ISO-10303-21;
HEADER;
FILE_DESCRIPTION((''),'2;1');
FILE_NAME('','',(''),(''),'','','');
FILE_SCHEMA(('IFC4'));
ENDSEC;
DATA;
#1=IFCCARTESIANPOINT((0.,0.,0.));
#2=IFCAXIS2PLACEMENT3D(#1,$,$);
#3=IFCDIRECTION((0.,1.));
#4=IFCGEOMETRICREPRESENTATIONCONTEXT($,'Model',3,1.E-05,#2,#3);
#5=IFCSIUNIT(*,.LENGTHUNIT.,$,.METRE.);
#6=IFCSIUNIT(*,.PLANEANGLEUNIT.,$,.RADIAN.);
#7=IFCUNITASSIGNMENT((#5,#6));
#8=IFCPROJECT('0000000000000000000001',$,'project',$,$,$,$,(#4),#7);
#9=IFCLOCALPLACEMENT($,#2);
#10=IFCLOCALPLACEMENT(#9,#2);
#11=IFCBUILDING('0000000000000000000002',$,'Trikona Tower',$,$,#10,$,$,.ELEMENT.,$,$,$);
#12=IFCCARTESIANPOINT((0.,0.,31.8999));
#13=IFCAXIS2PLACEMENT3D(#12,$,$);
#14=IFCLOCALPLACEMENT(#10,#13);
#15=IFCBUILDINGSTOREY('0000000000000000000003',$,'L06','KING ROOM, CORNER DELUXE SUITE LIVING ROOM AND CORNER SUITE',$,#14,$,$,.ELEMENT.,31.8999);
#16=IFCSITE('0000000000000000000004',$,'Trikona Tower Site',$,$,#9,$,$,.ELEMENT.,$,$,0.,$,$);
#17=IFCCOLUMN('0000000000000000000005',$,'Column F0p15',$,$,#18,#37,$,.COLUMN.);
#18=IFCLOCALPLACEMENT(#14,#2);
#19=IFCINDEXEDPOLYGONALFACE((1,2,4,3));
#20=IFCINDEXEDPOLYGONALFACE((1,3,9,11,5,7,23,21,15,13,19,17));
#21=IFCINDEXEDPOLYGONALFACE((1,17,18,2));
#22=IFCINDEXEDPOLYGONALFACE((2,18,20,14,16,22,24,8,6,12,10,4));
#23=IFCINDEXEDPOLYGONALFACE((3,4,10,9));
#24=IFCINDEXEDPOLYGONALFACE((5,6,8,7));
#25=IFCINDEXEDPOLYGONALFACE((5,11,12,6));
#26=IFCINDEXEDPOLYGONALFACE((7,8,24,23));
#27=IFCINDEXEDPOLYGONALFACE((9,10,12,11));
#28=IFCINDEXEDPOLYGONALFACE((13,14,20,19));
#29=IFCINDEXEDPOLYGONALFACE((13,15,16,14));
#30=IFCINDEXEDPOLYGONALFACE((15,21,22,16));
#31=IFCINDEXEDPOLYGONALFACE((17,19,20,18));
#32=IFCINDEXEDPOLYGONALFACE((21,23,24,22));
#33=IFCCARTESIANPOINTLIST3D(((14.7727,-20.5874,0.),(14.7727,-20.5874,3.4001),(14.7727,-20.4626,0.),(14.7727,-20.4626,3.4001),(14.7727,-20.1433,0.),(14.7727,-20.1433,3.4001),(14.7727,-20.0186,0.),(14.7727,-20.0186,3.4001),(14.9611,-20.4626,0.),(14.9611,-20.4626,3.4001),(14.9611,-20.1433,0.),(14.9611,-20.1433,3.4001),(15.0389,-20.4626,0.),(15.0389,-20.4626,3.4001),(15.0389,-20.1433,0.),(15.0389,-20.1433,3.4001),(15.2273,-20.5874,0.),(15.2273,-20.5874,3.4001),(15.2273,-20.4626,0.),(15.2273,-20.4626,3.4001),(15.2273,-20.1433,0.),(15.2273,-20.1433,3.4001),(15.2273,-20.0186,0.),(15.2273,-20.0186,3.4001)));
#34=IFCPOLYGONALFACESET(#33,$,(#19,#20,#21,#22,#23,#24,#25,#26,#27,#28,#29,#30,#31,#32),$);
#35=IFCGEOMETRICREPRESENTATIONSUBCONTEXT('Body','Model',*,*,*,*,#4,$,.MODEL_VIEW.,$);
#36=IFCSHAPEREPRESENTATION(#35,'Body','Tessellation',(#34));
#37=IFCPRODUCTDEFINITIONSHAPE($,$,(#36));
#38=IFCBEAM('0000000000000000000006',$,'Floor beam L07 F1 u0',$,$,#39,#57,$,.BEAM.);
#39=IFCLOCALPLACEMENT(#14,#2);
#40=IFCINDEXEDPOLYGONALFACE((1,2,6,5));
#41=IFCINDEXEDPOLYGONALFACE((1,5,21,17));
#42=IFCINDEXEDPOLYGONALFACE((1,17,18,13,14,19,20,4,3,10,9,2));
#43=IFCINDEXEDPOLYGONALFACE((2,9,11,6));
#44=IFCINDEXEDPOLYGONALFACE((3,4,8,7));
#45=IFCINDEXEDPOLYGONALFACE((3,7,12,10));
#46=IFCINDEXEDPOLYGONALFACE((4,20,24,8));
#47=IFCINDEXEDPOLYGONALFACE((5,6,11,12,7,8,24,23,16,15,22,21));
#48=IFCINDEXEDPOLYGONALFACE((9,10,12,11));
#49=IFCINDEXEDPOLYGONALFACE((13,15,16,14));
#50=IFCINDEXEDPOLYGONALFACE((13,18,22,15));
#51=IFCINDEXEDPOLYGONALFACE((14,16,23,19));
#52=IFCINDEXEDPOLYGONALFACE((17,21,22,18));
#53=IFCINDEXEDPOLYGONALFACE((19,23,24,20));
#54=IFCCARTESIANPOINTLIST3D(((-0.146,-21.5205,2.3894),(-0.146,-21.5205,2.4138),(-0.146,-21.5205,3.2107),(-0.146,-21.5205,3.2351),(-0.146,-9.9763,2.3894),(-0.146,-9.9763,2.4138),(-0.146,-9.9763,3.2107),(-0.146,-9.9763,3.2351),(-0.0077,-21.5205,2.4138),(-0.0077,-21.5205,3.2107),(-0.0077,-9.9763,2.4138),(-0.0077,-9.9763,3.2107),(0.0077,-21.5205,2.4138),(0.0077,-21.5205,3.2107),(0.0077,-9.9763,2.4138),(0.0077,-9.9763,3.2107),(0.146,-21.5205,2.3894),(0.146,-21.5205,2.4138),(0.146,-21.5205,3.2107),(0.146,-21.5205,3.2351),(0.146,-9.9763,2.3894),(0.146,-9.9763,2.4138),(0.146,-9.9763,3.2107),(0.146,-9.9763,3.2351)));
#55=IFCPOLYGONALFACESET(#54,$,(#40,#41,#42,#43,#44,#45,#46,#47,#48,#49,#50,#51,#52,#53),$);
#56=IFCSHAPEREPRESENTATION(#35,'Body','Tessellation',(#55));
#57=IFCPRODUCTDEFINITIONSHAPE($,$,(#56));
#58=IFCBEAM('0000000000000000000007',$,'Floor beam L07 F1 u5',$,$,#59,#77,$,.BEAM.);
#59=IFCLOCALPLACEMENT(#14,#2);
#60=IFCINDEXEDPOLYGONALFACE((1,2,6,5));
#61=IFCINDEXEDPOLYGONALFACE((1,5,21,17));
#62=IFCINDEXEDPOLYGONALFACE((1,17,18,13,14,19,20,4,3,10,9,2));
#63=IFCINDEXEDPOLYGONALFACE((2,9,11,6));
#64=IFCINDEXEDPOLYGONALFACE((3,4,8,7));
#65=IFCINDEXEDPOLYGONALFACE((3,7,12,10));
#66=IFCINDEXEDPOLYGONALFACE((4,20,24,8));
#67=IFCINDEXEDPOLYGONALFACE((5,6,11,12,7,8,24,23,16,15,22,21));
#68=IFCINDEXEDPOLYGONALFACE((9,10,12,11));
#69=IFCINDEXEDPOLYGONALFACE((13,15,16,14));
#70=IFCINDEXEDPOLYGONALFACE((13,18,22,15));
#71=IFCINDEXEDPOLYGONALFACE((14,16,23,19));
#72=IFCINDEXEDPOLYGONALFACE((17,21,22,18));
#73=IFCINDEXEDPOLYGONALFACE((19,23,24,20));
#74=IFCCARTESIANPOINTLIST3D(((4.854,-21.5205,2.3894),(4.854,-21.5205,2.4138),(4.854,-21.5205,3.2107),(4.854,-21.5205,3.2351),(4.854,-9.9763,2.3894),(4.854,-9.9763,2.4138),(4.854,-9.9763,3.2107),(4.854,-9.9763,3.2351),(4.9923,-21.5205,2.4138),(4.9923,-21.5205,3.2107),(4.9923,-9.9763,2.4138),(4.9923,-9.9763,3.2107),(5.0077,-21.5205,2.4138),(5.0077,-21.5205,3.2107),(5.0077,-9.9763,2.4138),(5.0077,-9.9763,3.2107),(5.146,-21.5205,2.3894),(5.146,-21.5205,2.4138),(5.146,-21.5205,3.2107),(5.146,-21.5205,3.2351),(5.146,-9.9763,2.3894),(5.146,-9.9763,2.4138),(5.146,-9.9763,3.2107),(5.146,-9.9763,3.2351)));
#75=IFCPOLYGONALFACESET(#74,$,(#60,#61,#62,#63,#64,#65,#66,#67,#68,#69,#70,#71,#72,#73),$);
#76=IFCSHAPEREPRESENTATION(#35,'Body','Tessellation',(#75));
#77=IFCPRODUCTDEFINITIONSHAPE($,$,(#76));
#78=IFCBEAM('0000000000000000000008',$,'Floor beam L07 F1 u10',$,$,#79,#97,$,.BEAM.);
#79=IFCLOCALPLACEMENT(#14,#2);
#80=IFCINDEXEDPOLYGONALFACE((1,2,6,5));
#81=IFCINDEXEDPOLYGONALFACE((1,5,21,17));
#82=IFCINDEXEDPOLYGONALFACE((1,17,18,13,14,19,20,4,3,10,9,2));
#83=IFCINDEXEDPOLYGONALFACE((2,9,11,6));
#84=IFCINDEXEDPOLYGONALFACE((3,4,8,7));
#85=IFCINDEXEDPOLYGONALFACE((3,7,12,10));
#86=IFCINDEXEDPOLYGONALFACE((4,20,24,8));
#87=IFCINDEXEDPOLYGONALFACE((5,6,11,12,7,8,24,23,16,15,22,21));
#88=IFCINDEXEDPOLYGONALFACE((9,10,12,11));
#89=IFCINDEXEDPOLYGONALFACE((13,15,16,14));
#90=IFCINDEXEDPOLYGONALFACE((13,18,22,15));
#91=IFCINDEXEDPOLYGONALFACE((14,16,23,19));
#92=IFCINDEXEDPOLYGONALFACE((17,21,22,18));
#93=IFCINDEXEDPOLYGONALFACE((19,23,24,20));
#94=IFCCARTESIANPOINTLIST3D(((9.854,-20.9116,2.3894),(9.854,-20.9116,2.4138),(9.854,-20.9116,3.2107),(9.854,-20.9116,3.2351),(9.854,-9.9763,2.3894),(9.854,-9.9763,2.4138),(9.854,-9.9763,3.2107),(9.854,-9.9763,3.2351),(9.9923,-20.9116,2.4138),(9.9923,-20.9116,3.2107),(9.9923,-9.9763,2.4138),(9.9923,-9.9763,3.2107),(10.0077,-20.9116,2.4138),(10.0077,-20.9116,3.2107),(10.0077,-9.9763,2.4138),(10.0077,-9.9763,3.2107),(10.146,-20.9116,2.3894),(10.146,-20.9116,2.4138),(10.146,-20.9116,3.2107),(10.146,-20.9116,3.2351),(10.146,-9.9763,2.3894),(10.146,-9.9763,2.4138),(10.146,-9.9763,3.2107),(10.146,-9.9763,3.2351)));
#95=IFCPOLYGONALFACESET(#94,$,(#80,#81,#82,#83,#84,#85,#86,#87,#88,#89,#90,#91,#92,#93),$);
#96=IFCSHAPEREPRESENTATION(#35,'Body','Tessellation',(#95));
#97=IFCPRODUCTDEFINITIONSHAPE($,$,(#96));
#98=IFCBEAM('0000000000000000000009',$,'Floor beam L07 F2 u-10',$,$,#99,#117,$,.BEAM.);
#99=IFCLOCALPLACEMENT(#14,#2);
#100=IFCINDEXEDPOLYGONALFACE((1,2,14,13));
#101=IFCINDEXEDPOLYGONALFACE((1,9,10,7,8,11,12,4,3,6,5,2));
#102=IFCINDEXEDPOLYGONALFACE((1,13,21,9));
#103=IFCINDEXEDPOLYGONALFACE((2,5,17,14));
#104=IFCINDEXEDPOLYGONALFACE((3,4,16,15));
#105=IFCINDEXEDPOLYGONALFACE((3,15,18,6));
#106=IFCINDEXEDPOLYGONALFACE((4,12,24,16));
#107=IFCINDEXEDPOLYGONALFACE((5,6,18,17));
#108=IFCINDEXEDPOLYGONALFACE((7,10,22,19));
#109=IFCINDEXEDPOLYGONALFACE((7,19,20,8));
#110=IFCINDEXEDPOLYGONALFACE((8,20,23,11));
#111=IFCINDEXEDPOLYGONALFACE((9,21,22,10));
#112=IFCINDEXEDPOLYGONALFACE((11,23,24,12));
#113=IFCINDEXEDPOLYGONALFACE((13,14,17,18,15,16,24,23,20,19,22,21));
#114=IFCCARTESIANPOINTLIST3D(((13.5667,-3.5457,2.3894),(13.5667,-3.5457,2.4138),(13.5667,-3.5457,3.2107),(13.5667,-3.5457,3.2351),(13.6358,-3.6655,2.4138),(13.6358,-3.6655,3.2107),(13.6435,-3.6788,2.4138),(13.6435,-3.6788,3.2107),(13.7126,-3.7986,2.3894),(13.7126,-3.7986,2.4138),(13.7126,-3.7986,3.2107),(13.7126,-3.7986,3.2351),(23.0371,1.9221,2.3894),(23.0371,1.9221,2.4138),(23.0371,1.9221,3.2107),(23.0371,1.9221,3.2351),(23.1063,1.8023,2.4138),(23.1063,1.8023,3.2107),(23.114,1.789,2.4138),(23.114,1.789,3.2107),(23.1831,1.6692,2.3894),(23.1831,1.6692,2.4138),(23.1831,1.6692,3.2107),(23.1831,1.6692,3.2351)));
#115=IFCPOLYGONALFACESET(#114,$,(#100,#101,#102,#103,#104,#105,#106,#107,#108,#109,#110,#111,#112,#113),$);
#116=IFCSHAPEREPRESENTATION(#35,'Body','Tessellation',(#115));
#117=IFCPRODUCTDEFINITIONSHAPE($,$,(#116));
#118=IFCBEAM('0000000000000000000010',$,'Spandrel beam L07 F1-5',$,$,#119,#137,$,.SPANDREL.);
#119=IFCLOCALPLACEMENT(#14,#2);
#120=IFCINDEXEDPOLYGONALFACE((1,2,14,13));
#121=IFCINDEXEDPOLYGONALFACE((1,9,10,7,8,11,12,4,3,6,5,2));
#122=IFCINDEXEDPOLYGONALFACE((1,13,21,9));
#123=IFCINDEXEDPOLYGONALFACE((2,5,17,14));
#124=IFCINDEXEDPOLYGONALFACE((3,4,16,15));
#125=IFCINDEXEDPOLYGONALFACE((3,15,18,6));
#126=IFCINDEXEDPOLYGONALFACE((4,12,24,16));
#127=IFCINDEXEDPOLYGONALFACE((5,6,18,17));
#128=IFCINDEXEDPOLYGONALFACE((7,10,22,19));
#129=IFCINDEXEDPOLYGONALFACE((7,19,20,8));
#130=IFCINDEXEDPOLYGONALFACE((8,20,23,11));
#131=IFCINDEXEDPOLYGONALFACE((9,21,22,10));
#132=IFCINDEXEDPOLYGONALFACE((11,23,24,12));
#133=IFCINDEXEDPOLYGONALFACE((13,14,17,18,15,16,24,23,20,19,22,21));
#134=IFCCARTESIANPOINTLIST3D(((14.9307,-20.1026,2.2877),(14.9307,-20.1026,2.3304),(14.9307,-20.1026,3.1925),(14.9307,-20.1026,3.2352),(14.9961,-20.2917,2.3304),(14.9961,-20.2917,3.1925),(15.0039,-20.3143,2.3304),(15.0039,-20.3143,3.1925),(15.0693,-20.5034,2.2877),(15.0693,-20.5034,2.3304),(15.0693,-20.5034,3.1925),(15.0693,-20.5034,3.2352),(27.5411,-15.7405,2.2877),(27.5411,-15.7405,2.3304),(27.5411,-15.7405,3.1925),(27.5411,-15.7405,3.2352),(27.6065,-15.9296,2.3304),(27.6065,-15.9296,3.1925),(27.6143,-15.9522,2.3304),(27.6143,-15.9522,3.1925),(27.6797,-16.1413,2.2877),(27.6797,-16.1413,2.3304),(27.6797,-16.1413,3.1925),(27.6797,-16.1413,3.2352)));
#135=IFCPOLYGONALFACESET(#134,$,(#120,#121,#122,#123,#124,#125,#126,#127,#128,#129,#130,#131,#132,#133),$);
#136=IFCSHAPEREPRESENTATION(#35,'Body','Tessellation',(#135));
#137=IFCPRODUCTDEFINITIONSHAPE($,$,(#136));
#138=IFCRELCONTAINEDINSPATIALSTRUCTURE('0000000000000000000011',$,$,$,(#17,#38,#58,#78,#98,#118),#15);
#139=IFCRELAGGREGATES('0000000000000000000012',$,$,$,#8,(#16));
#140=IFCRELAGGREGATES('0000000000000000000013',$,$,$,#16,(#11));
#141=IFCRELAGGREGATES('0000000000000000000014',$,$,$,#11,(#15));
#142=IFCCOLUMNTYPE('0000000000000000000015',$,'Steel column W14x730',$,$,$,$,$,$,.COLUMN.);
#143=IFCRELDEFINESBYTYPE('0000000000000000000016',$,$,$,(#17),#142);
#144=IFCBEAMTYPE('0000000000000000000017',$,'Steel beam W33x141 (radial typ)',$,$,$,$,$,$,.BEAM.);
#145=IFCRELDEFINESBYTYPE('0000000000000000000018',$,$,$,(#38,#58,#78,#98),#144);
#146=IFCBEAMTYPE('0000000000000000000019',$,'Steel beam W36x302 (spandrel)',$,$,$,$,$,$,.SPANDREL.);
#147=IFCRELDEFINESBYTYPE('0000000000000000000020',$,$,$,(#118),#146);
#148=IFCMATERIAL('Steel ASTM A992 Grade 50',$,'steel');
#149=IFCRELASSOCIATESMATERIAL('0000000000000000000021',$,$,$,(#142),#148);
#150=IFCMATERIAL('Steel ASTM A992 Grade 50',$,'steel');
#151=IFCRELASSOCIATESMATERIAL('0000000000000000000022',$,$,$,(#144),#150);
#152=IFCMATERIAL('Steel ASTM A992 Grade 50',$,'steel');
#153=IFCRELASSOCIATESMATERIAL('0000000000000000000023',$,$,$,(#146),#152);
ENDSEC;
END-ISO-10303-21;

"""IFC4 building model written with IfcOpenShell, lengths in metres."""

from ifc_helpers import new_model, si_unit, direction, frame, origin, origin_2d, place, context, subcontext, project, spatial, i_section, extrude, material, material_profile, profile_set, type_object, element, save


model = new_model("IFC4")

# Units and contexts
model_context = context("Model", 3, precision=1e-05, world=origin(), true_north=direction((0.0, 1.0)))
body_context = subcontext(model_context, "Body", "Model", "MODEL_VIEW")
ifc_project = project(units=[si_unit("LENGTHUNIT", "METRE"), si_unit("PLANEANGLEUNIT", "RADIAN")], contexts=[model_context])

# Site, building, storey
site_placement = place(None, origin())
site = spatial("IfcSite", under=ifc_project, at=site_placement, Name="Trikona Tower Site", CompositionType="ELEMENT", RefElevation=0.0)
building_placement = place(site_placement, origin())
building = spatial("IfcBuilding", under=site, at=building_placement, Name="Trikona Tower", CompositionType="ELEMENT")
storey_placement = place(building_placement, frame((0.0, 0.0, 31.8999)))
storey = spatial("IfcBuildingStorey", under=building, at=storey_placement, Name="L06", Description="KING ROOM, CORNER DELUXE SUITE LIVING ROOM AND CORNER SUITE", CompositionType="ELEMENT", Elevation=31.8999)

# Column
ifc_material_1 = material(Name="Steel ASTM A992 Grade 50", Category="steel")
ifc_material_profile_1 = material_profile(ifc_material_1, i_section(OverallWidth=0.4546, OverallDepth=0.5688, WebThickness=0.0779, FlangeThickness=0.1248, at=origin_2d()), Name="W14X730")
ifc_profile_set_1 = profile_set([ifc_material_profile_1], Name="Steel ASTM A992 Grade 50")
column_type = type_object("IfcColumnType", Name="Steel column W14x730", PredefinedType="COLUMN", material=ifc_profile_set_1)
column_placement = place(storey_placement, frame((15.0, -20.303, 0.0), z_axis=(0.0, 0.0, 1.0), x_axis=(1.0, 0.0, 0.0)))
element("IfcColumn", 1, at=column_placement, inside=storey, type_object=column_type, Name="Column F0p15", PredefinedType="COLUMN", context=body_context, shape_type="SweptSolid", body=[
    extrude(i_section(OverallWidth=0.4546, OverallDepth=0.5688, WebThickness=0.0779, FlangeThickness=0.1248, at=origin_2d()), origin(), (0.0, 0.0, 1.0), 3.4001),
])

# Beams
ifc_material_2 = material(Name="Steel ASTM A992 Grade 50", Category="steel")
ifc_material_profile_2 = material_profile(ifc_material_2, i_section(OverallWidth=0.292, OverallDepth=0.8457, WebThickness=0.0154, FlangeThickness=0.0244, at=origin_2d()), Name="W33X141")
ifc_profile_set_2 = profile_set([ifc_material_profile_2], Name="Steel ASTM A992 Grade 50")
beam_type_1 = type_object("IfcBeamType", Name="Steel beam W33x141 (radial typ)", PredefinedType="BEAM", material=ifc_profile_set_2)
for number, where, z_axis, x_axis, name in (
    (2, (0.0, -9.9763, 2.8123), (0.0, -1.0, 0.0), (1.0, 0.0, 0.0), "Floor beam L07 F1 u0"),
    (3, (5.0, -9.9763, 2.8123), (0.0, -1.0, 0.0), (1.0, 0.0, 0.0), "Floor beam L07 F1 u5"),
):
    element("IfcBeam", number, at=place(storey_placement, frame(where, z_axis=z_axis, x_axis=x_axis)), inside=storey, type_object=beam_type_1, Name=name, PredefinedType="BEAM", context=body_context, shape_type="SweptSolid", body=[
        extrude(i_section(OverallWidth=0.292, OverallDepth=0.8457, WebThickness=0.0154, FlangeThickness=0.0244, at=origin_2d()), origin(), (0.0, 0.0, 1.0), 11.5442),
    ])
beam_1_placement = place(storey_placement, frame((10.0, -9.9763, 2.8123), z_axis=(0.0, -1.0, 0.0), x_axis=(1.0, 0.0, 0.0)))
element("IfcBeam", 4, at=beam_1_placement, inside=storey, type_object=beam_type_1, Name="Floor beam L07 F1 u10", PredefinedType="BEAM", context=body_context, shape_type="SweptSolid", body=[
    extrude(i_section(OverallWidth=0.292, OverallDepth=0.8457, WebThickness=0.0154, FlangeThickness=0.0244, at=origin_2d()), origin(), (0.0, 0.0, 1.0), 10.9353),
])
beam_2_placement = place(storey_placement, frame((13.6396, -3.6721, 2.8123), z_axis=(0.866025, 0.5, 0.0), x_axis=(-0.5, 0.866025, 0.0)))
element("IfcBeam", 5, at=beam_2_placement, inside=storey, type_object=beam_type_1, Name="Floor beam L07 F2 u-10", PredefinedType="BEAM", context=body_context, shape_type="SweptSolid", body=[
    extrude(i_section(OverallWidth=0.292, OverallDepth=0.8457, WebThickness=0.0154, FlangeThickness=0.0244, at=origin_2d()), origin(), (0.0, 0.0, 1.0), 10.9355),
])
ifc_material_3 = material(Name="Steel ASTM A992 Grade 50", Category="steel")
ifc_material_profile_3 = material_profile(ifc_material_3, i_section(OverallWidth=0.4241, OverallDepth=0.9475, WebThickness=0.0239, FlangeThickness=0.0427, at=origin_2d()), Name="W36X302")
ifc_profile_set_3 = profile_set([ifc_material_profile_3], Name="Steel ASTM A992 Grade 50")
beam_type_2 = type_object("IfcBeamType", Name="Steel beam W36x302 (spandrel)", PredefinedType="SPANDREL", material=ifc_profile_set_3)
beam_3_placement = place(storey_placement, frame((15.0, -20.303, 2.7615), z_axis=(0.945057, 0.326906, 0.0), x_axis=(-0.326906, 0.945057, 0.0)))
element("IfcBeam", 6, at=beam_3_placement, inside=storey, type_object=beam_type_2, Name="Spandrel beam L07 F1-5", PredefinedType="SPANDREL", context=body_context, shape_type="SweptSolid", body=[
    extrude(i_section(OverallWidth=0.4241, OverallDepth=0.9475, WebThickness=0.0239, FlangeThickness=0.0427, at=origin_2d()), origin(), (0.0, 0.0, 1.0), 13.3435),
])

save(model, "model.ifc")
